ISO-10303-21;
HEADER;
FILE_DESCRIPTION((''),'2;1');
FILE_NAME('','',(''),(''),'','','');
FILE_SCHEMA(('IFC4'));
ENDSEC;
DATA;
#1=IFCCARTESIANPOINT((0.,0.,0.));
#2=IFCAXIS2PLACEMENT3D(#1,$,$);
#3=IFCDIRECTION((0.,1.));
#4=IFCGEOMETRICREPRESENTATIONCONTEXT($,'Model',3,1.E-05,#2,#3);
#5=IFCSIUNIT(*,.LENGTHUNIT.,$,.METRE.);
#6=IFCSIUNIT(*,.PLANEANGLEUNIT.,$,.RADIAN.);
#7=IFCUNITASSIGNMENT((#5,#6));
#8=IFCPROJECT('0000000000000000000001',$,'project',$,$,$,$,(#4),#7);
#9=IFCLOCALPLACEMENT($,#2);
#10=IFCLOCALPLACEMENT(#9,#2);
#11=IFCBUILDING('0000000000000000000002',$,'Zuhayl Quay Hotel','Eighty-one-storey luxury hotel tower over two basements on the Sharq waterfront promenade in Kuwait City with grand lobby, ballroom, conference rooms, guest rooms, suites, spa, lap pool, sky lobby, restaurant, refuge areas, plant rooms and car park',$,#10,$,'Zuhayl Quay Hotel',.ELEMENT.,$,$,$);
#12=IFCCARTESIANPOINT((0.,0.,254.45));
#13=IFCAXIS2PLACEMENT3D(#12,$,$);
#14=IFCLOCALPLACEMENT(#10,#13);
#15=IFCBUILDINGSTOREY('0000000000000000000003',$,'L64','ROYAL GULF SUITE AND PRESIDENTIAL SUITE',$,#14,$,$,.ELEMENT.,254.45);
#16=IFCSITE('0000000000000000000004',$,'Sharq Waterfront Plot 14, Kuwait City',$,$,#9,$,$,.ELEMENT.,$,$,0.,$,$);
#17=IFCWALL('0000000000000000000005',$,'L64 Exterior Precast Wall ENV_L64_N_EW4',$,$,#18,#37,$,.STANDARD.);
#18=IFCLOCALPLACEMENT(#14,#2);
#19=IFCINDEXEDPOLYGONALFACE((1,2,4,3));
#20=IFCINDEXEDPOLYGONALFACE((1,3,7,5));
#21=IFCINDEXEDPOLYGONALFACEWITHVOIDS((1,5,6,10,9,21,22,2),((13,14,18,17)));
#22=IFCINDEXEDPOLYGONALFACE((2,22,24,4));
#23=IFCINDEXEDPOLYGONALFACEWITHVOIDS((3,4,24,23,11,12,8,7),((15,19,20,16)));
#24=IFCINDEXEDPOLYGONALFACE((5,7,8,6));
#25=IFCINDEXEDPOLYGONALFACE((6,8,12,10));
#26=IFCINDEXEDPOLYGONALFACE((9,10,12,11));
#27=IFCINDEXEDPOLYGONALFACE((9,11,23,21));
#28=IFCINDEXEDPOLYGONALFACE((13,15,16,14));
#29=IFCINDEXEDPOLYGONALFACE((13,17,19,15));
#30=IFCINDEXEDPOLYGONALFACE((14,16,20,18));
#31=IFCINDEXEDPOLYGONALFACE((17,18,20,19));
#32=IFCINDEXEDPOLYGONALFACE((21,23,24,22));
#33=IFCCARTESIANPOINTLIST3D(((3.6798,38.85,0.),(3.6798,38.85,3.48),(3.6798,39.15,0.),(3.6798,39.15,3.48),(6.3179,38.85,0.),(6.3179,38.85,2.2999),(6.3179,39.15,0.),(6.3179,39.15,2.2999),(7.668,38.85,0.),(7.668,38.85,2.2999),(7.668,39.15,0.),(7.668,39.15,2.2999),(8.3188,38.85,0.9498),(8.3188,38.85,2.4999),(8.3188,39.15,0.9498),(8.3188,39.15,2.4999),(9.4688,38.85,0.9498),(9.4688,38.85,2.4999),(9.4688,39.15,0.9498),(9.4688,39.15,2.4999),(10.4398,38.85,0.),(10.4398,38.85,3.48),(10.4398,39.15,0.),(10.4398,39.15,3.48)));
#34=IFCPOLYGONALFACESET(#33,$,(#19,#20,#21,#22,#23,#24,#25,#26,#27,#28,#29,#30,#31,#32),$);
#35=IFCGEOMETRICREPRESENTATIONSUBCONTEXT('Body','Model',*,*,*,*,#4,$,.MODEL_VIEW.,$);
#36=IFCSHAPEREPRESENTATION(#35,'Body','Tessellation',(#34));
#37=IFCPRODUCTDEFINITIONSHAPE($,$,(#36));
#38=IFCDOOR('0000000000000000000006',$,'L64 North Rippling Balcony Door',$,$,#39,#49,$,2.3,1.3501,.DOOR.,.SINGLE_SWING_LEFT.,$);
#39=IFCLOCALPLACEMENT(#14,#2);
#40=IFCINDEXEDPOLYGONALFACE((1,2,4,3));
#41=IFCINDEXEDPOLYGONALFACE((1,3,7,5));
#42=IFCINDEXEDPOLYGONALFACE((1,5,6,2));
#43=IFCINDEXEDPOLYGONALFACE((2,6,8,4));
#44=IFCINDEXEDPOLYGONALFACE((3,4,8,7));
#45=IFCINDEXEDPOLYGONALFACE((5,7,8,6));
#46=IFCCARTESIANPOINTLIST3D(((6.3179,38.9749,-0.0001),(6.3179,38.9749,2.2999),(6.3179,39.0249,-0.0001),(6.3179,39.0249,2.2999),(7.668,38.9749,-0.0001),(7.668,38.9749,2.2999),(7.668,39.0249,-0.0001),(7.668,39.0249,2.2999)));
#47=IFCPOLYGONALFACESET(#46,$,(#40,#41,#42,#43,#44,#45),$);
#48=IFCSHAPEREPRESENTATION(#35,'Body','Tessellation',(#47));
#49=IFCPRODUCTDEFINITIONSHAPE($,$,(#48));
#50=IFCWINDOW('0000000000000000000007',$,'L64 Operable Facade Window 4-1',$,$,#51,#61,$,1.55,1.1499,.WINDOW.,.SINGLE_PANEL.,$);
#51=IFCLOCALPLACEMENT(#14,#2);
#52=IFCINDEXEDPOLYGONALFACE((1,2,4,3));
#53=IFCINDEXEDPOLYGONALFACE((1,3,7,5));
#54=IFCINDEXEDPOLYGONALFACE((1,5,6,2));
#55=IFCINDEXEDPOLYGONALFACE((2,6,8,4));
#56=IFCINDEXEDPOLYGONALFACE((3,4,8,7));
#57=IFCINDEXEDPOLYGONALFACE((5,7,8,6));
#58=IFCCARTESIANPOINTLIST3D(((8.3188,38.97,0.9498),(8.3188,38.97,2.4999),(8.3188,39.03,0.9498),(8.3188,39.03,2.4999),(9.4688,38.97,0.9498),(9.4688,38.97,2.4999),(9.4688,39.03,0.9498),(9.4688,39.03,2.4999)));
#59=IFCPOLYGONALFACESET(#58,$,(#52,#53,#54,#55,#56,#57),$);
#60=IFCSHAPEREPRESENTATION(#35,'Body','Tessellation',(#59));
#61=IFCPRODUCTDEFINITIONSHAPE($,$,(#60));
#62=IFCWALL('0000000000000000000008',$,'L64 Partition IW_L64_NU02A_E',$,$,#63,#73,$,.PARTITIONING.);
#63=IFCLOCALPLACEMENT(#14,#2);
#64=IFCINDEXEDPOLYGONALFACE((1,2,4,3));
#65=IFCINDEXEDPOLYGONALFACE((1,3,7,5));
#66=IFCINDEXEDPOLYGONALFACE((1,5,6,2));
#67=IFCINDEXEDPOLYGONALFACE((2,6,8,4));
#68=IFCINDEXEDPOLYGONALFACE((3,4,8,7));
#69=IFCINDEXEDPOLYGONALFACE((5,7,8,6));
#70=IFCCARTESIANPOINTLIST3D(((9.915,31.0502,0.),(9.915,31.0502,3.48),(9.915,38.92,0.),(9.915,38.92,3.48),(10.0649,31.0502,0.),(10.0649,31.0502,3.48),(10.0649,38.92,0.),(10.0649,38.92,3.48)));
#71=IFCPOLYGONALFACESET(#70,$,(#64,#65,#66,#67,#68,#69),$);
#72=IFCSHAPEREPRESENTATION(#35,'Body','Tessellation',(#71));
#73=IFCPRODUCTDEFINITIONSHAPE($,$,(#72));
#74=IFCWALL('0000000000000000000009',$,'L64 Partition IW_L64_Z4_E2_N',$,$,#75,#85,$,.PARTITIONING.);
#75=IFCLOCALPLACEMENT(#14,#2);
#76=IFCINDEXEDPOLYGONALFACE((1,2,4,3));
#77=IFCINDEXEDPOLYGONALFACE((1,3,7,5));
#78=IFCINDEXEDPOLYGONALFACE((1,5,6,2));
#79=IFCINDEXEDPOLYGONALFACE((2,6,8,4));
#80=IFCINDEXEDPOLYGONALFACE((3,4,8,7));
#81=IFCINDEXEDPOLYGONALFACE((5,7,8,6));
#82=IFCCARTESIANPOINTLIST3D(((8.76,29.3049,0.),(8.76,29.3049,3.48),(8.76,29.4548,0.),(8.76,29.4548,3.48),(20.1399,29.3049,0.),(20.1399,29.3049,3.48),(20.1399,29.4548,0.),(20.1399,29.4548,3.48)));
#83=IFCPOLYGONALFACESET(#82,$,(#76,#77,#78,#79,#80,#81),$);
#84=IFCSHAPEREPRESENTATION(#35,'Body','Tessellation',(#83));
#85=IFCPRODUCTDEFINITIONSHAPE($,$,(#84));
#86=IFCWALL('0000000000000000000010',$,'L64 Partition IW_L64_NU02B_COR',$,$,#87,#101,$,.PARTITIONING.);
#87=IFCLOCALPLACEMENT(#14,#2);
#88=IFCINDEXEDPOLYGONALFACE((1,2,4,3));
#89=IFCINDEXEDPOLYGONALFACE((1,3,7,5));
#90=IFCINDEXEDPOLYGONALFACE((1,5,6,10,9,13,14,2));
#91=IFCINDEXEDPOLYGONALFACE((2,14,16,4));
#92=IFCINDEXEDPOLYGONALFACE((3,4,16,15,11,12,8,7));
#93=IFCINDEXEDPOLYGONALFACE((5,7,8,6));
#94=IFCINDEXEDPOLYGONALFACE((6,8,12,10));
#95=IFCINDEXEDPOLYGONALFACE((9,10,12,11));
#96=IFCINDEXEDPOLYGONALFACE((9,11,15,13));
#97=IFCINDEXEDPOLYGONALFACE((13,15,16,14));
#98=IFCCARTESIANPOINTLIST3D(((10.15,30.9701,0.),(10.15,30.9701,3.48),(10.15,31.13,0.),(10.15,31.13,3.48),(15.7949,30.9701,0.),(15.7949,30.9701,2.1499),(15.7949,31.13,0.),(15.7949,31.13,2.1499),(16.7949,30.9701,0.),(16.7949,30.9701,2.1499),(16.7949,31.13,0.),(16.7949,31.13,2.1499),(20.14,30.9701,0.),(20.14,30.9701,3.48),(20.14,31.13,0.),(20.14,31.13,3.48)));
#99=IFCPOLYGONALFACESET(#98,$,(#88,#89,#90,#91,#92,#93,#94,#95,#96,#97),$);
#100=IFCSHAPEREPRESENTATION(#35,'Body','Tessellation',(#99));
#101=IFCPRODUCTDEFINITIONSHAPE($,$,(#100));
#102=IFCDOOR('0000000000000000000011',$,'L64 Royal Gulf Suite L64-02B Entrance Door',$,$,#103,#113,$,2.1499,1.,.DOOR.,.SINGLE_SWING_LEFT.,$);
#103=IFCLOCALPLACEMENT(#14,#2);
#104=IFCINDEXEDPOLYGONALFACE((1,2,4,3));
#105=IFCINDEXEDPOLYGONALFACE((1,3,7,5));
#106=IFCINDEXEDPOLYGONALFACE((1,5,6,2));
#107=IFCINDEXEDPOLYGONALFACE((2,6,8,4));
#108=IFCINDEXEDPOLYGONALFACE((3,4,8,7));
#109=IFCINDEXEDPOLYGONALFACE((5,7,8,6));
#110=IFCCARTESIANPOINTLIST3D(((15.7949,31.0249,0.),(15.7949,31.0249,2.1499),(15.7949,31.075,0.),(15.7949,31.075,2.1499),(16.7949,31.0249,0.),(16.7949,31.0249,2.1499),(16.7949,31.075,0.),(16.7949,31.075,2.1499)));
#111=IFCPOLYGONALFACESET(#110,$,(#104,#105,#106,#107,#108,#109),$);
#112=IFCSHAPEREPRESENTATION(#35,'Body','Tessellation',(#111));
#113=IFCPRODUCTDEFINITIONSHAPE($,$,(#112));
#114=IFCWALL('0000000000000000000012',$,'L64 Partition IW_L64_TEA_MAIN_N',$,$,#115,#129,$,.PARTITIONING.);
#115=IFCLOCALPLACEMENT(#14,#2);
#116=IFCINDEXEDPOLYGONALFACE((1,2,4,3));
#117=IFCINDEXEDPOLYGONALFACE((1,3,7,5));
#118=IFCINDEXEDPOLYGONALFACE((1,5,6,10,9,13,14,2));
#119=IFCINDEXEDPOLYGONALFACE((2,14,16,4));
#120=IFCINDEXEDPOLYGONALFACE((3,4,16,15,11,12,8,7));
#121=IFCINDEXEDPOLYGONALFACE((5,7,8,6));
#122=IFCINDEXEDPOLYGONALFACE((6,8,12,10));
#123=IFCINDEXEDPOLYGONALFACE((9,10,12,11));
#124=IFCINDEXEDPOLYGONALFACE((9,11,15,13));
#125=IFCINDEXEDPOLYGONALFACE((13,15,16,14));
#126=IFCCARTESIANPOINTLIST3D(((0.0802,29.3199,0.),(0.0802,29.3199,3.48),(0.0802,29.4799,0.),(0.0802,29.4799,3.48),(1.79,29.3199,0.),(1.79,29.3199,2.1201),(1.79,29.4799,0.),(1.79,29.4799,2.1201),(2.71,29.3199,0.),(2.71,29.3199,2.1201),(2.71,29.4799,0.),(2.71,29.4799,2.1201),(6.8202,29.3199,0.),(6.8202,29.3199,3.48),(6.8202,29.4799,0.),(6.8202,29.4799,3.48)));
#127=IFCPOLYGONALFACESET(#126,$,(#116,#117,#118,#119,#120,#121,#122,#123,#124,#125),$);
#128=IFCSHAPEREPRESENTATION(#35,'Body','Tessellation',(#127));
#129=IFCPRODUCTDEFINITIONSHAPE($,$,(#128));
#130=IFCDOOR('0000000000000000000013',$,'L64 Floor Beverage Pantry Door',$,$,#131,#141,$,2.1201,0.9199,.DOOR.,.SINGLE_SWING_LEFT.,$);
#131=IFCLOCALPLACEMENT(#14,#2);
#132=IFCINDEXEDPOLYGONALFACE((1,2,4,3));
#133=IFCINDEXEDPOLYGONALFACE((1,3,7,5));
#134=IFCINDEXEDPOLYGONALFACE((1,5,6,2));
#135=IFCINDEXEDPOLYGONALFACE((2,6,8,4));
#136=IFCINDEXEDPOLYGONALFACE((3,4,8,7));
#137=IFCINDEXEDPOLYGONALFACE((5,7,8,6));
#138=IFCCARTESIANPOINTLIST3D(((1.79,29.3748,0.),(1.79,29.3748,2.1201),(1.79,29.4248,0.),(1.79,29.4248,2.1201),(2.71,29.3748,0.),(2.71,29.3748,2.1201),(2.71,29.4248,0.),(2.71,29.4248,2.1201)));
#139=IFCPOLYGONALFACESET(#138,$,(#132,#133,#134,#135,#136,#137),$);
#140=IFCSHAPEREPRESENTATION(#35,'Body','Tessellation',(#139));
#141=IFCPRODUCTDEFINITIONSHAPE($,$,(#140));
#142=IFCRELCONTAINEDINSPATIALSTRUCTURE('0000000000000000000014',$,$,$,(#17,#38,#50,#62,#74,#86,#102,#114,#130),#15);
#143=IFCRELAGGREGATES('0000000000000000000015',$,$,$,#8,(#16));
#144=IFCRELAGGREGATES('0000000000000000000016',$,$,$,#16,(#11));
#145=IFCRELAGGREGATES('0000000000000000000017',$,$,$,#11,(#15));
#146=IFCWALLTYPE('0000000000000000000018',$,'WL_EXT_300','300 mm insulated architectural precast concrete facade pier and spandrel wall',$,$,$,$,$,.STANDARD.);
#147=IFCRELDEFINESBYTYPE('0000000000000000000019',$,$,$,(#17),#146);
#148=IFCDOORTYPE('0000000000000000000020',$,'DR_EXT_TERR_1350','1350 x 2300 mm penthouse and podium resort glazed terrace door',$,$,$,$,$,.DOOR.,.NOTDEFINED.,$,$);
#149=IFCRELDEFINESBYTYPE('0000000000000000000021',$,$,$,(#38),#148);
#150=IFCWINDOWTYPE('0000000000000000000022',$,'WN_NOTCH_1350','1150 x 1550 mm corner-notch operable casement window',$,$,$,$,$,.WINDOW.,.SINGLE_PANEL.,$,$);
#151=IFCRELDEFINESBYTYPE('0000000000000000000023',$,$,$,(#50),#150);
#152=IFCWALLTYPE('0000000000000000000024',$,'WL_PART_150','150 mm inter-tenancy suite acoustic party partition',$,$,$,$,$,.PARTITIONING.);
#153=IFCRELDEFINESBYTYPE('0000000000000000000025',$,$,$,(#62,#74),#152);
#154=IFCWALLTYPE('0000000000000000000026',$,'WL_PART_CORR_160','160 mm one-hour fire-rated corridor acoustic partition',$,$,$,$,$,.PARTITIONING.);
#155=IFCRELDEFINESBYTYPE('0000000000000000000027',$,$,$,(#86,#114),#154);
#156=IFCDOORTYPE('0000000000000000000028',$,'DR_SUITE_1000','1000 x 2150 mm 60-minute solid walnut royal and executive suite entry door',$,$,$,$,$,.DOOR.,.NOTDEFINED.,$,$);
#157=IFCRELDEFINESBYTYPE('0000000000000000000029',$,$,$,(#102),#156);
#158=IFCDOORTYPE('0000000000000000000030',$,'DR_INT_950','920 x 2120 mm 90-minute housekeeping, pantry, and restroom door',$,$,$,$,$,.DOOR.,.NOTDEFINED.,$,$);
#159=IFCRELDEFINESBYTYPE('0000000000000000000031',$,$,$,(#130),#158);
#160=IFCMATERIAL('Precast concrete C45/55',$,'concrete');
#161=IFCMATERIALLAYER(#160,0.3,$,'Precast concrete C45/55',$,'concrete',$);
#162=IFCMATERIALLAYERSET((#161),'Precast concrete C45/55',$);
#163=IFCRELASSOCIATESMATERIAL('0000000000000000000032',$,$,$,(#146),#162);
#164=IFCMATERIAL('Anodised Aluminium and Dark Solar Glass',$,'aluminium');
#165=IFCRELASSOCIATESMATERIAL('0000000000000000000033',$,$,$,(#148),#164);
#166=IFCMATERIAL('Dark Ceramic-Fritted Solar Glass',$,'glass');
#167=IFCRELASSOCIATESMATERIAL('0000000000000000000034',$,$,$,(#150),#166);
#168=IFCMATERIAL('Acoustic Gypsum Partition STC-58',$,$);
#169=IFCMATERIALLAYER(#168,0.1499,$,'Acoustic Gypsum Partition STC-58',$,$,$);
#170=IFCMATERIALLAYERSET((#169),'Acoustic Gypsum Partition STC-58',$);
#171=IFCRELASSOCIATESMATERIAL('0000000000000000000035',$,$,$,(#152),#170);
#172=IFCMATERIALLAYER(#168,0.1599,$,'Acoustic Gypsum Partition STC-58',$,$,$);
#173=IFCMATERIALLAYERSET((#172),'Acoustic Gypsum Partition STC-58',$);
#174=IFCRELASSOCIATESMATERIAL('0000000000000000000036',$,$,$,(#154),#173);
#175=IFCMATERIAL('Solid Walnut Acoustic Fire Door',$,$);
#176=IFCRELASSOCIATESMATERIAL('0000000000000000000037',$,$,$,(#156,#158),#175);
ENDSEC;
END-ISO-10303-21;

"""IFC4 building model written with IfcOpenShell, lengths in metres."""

from ifc_helpers import new_model, si_unit, direction, frame, frame_2d, origin, place, context, subcontext, project, spatial, rectangle, extrude, material, layer, layer_set, type_object, element, fill, save


model = new_model("IFC4")

# Units and contexts
model_context = context("Model", 3, precision=1e-05, world=origin(), true_north=direction((0.0, 1.0)))
body_context = subcontext(model_context, "Body", "Model", "MODEL_VIEW")
ifc_project = project(units=[si_unit("LENGTHUNIT", "METRE"), si_unit("PLANEANGLEUNIT", "RADIAN")], contexts=[model_context])

# Site, building, storey
site_placement = place(None, origin())
site = spatial("IfcSite", under=ifc_project, at=site_placement, Name="Sharq Waterfront Plot 14, Kuwait City", CompositionType="ELEMENT", RefElevation=0.0)
building_placement = place(site_placement, origin())
building = spatial("IfcBuilding", under=site, at=building_placement, Name="Zuhayl Quay Hotel", Description="Eighty-one-storey luxury hotel tower over two basements on the Sharq waterfront promenade in Kuwait City with grand lobby, ballroom, conference rooms, guest rooms, suites, spa, lap pool, sky lobby, restaurant, refuge areas, plant rooms and car park", LongName="Zuhayl Quay Hotel", CompositionType="ELEMENT")
storey_placement = place(building_placement, frame((0.0, 0.0, 254.45)))
storey = spatial("IfcBuildingStorey", under=building, at=storey_placement, Name="L64", Description="ROYAL GULF SUITE AND PRESIDENTIAL SUITE", CompositionType="ELEMENT", Elevation=254.45)

# Shared definitions
ifc_material_1 = material(Name="Dark Ceramic-Fritted Solar Glass", Category="glass")

# Wall, openings, door, window
ifc_material_2 = material(Name="Precast concrete C45/55", Category="concrete")
ifc_layer_1 = layer(ifc_material_2, 0.3, Name="Precast concrete C45/55", Category="concrete")
ifc_layer_set_1 = layer_set([ifc_layer_1], Name="Precast concrete C45/55")
wall_type_1 = type_object("IfcWallType", Name="WL_EXT_300", Description="300 mm insulated architectural precast concrete facade pier and spandrel wall", PredefinedType="STANDARD", material=ifc_layer_set_1)
wall_1_placement = place(storey_placement, frame((3.6799, 39.0, 0.0), z_axis=(0.0, 0.0, 1.0), x_axis=(1.0, 0.0, 0.0)))
wall_1 = element("IfcWall", 1, at=wall_1_placement, inside=storey, type_object=wall_type_1, Name="L64 Exterior Precast Wall ENV_L64_N_EW4", PredefinedType="STANDARD", context=body_context, shape_type="SweptSolid", body=[
    extrude(rectangle(XDim=6.76, YDim=0.3, at=frame_2d((3.3799, 0.0))), origin(), (0.0, 0.0, 1.0), 3.48),
])
opening_1_placement = place(wall_1_placement, frame((2.6379, 0.0, 0.0)))
opening_1 = element("IfcOpeningElement", 2, at=opening_1_placement, cuts=wall_1, PredefinedType="OPENING", context=body_context, shape_type="SweptSolid", body=[
    extrude(rectangle(XDim=1.3501, YDim=2.3, at=frame_2d((0.675, 1.1499))), frame((0.0, 0.1599, 0.0), z_axis=(0.0, -1.0, 0.0), x_axis=(1.0, 0.0, 0.0)), (0.0, 0.0, 1.0), 0.3201),
])
opening_2_placement = place(wall_1_placement, frame((4.6389, 0.0, 0.95)))
opening_2 = element("IfcOpeningElement", 3, at=opening_2_placement, cuts=wall_1, PredefinedType="OPENING", context=body_context, shape_type="SweptSolid", body=[
    extrude(rectangle(XDim=1.1499, YDim=1.55, at=frame_2d((0.575, 0.7749))), frame((0.0, 0.1599, 0.0), z_axis=(0.0, -1.0, 0.0), x_axis=(1.0, 0.0, 0.0)), (0.0, 0.0, 1.0), 0.3201),
])
ifc_material_3 = material(Name="Anodised Aluminium and Dark Solar Glass", Category="aluminium")
door_type_1 = type_object("IfcDoorType", Name="DR_EXT_TERR_1350", Description="1350 x 2300 mm penthouse and podium resort glazed terrace door", OperationType="NOTDEFINED", PredefinedType="DOOR", material=ifc_material_3)
door_1_placement = place(opening_1_placement, origin())
door_1 = element("IfcDoor", 4, at=door_1_placement, inside=storey, type_object=door_type_1, Name="L64 North Rippling Balcony Door", OperationType="SINGLE_SWING_LEFT", OverallHeight=2.3, OverallWidth=1.3501, PredefinedType="DOOR", context=body_context, shape_type="SweptSolid", body=[
    extrude(rectangle(XDim=1.3501, YDim=2.3, at=frame_2d((0.675, 1.1499))), frame((0.0, 0.0249, 0.0), z_axis=(0.0, -1.0, 0.0), x_axis=(1.0, 0.0, 0.0)), (0.0, 0.0, 1.0), 0.05),
])
fill(opening_1, door_1)
window_type = type_object("IfcWindowType", Name="WN_NOTCH_1350", Description="1150 x 1550 mm corner-notch operable casement window", PartitioningType="SINGLE_PANEL", PredefinedType="WINDOW", material=ifc_material_1)
window_placement = place(opening_2_placement, origin())
window = element("IfcWindow", 5, at=window_placement, inside=storey, type_object=window_type, Name="L64 Operable Facade Window 4-1", OverallHeight=1.55, OverallWidth=1.1499, PartitioningType="SINGLE_PANEL", PredefinedType="WINDOW", context=body_context, shape_type="SweptSolid", body=[
    extrude(rectangle(XDim=1.1499, YDim=1.55, at=frame_2d((0.575, 0.7749))), frame((0.0, 0.03, 0.0), z_axis=(0.0, -1.0, 0.0), x_axis=(1.0, 0.0, 0.0)), (0.0, 0.0, 1.0), 0.0601),
])
fill(opening_2, window)

# Walls
ifc_material_4 = material(Name="Acoustic Gypsum Partition STC-58")
ifc_layer_2 = layer(ifc_material_4, 0.1499, Name="Acoustic Gypsum Partition STC-58")
ifc_layer_set_2 = layer_set([ifc_layer_2], Name="Acoustic Gypsum Partition STC-58")
wall_type_2 = type_object("IfcWallType", Name="WL_PART_150", Description="150 mm inter-tenancy suite acoustic party partition", PredefinedType="PARTITIONING", material=ifc_layer_set_2)
wall_2_placement = place(storey_placement, frame((9.99, 31.05, 0.0), z_axis=(0.0, 0.0, 1.0), x_axis=(0.0, 1.0, 0.0)))
element("IfcWall", 6, at=wall_2_placement, inside=storey, type_object=wall_type_2, Name="L64 Partition IW_L64_NU02A_E", PredefinedType="PARTITIONING", context=body_context, shape_type="SweptSolid", body=[
    extrude(rectangle(XDim=7.8699, YDim=0.1499, at=frame_2d((3.9351, 0.0))), origin(), (0.0, 0.0, 1.0), 3.48),
])
wall_3_placement = place(storey_placement, frame((8.76, 29.3799, 0.0), z_axis=(0.0, 0.0, 1.0), x_axis=(1.0, 0.0, 0.0)))
element("IfcWall", 7, at=wall_3_placement, inside=storey, type_object=wall_type_2, Name="L64 Partition IW_L64_Z4_E2_N", PredefinedType="PARTITIONING", context=body_context, shape_type="SweptSolid", body=[
    extrude(rectangle(XDim=11.3799, YDim=0.1499, at=frame_2d((5.6899, 0.0))), origin(), (0.0, 0.0, 1.0), 3.48),
])

# Walls, openings, doors
ifc_layer_3 = layer(ifc_material_4, 0.1599, Name="Acoustic Gypsum Partition STC-58")
ifc_layer_set_3 = layer_set([ifc_layer_3], Name="Acoustic Gypsum Partition STC-58")
wall_type_3 = type_object("IfcWallType", Name="WL_PART_CORR_160", Description="160 mm one-hour fire-rated corridor acoustic partition", PredefinedType="PARTITIONING", material=ifc_layer_set_3)
wall_4_placement = place(storey_placement, frame((10.1499, 31.05, 0.0), z_axis=(0.0, 0.0, 1.0), x_axis=(1.0, 0.0, 0.0)))
wall_4 = element("IfcWall", 8, at=wall_4_placement, inside=storey, type_object=wall_type_3, Name="L64 Partition IW_L64_NU02B_COR", PredefinedType="PARTITIONING", context=body_context, shape_type="SweptSolid", body=[
    extrude(rectangle(XDim=9.99, YDim=0.1599, at=frame_2d((4.9951, 0.0))), origin(), (0.0, 0.0, 1.0), 3.48),
])
opening_3_placement = place(wall_4_placement, frame((5.645, 0.0, 0.0)))
opening_3 = element("IfcOpeningElement", 9, at=opening_3_placement, cuts=wall_4, PredefinedType="OPENING", context=body_context, shape_type="SweptSolid", body=[
    extrude(rectangle(XDim=1.0, YDim=2.1499, at=frame_2d((0.5, 1.075))), frame((0.0, 0.0898, 0.0), z_axis=(0.0, -1.0, 0.0), x_axis=(1.0, 0.0, 0.0)), (0.0, 0.0, 1.0), 0.1799),
])
ifc_material_5 = material(Name="Solid Walnut Acoustic Fire Door")
door_type_2 = type_object("IfcDoorType", Name="DR_SUITE_1000", Description="1000 x 2150 mm 60-minute solid walnut royal and executive suite entry door", OperationType="NOTDEFINED", PredefinedType="DOOR", material=ifc_material_5)
door_2_placement = place(opening_3_placement, origin())
door_2 = element("IfcDoor", 10, at=door_2_placement, inside=storey, type_object=door_type_2, Name="L64 Royal Gulf Suite L64-02B Entrance Door", OperationType="SINGLE_SWING_LEFT", OverallHeight=2.1499, OverallWidth=1.0, PredefinedType="DOOR", context=body_context, shape_type="SweptSolid", body=[
    extrude(rectangle(XDim=1.0, YDim=2.1499, at=frame_2d((0.5, 1.075))), frame((0.0, 0.0249, 0.0), z_axis=(0.0, -1.0, 0.0), x_axis=(1.0, 0.0, 0.0)), (0.0, 0.0, 1.0), 0.05),
])
fill(opening_3, door_2)
wall_5_placement = place(storey_placement, frame((0.0801, 29.3999, 0.0), z_axis=(0.0, 0.0, 1.0), x_axis=(1.0, 0.0, 0.0)))
wall_5 = element("IfcWall", 11, at=wall_5_placement, inside=storey, type_object=wall_type_3, Name="L64 Partition IW_L64_TEA_MAIN_N", PredefinedType="PARTITIONING", context=body_context, shape_type="SweptSolid", body=[
    extrude(rectangle(XDim=6.74, YDim=0.1599, at=frame_2d((3.3701, 0.0))), origin(), (0.0, 0.0, 1.0), 3.48),
])
opening_4_placement = place(wall_5_placement, frame((1.71, 0.0, 0.0)))
opening_4 = element("IfcOpeningElement", 12, at=opening_4_placement, cuts=wall_5, PredefinedType="OPENING", context=body_context, shape_type="SweptSolid", body=[
    extrude(rectangle(XDim=0.9199, YDim=2.1201, at=frame_2d((0.46, 1.0601))), frame((0.0, 0.0898, 0.0), z_axis=(0.0, -1.0, 0.0), x_axis=(1.0, 0.0, 0.0)), (0.0, 0.0, 1.0), 0.1799),
])
door_type_3 = type_object("IfcDoorType", Name="DR_INT_950", Description="920 x 2120 mm 90-minute housekeeping, pantry, and restroom door", OperationType="NOTDEFINED", PredefinedType="DOOR", material=ifc_material_5)
door_3_placement = place(opening_4_placement, origin())
door_3 = element("IfcDoor", 13, at=door_3_placement, inside=storey, type_object=door_type_3, Name="L64 Floor Beverage Pantry Door", OperationType="SINGLE_SWING_LEFT", OverallHeight=2.1201, OverallWidth=0.9199, PredefinedType="DOOR", context=body_context, shape_type="SweptSolid", body=[
    extrude(rectangle(XDim=0.9199, YDim=2.1201, at=frame_2d((0.46, 1.0601))), frame((0.0, 0.0249, 0.0), z_axis=(0.0, -1.0, 0.0), x_axis=(1.0, 0.0, 0.0)), (0.0, 0.0, 1.0), 0.05),
])
fill(opening_4, door_3)

save(model, "model.ifc")
